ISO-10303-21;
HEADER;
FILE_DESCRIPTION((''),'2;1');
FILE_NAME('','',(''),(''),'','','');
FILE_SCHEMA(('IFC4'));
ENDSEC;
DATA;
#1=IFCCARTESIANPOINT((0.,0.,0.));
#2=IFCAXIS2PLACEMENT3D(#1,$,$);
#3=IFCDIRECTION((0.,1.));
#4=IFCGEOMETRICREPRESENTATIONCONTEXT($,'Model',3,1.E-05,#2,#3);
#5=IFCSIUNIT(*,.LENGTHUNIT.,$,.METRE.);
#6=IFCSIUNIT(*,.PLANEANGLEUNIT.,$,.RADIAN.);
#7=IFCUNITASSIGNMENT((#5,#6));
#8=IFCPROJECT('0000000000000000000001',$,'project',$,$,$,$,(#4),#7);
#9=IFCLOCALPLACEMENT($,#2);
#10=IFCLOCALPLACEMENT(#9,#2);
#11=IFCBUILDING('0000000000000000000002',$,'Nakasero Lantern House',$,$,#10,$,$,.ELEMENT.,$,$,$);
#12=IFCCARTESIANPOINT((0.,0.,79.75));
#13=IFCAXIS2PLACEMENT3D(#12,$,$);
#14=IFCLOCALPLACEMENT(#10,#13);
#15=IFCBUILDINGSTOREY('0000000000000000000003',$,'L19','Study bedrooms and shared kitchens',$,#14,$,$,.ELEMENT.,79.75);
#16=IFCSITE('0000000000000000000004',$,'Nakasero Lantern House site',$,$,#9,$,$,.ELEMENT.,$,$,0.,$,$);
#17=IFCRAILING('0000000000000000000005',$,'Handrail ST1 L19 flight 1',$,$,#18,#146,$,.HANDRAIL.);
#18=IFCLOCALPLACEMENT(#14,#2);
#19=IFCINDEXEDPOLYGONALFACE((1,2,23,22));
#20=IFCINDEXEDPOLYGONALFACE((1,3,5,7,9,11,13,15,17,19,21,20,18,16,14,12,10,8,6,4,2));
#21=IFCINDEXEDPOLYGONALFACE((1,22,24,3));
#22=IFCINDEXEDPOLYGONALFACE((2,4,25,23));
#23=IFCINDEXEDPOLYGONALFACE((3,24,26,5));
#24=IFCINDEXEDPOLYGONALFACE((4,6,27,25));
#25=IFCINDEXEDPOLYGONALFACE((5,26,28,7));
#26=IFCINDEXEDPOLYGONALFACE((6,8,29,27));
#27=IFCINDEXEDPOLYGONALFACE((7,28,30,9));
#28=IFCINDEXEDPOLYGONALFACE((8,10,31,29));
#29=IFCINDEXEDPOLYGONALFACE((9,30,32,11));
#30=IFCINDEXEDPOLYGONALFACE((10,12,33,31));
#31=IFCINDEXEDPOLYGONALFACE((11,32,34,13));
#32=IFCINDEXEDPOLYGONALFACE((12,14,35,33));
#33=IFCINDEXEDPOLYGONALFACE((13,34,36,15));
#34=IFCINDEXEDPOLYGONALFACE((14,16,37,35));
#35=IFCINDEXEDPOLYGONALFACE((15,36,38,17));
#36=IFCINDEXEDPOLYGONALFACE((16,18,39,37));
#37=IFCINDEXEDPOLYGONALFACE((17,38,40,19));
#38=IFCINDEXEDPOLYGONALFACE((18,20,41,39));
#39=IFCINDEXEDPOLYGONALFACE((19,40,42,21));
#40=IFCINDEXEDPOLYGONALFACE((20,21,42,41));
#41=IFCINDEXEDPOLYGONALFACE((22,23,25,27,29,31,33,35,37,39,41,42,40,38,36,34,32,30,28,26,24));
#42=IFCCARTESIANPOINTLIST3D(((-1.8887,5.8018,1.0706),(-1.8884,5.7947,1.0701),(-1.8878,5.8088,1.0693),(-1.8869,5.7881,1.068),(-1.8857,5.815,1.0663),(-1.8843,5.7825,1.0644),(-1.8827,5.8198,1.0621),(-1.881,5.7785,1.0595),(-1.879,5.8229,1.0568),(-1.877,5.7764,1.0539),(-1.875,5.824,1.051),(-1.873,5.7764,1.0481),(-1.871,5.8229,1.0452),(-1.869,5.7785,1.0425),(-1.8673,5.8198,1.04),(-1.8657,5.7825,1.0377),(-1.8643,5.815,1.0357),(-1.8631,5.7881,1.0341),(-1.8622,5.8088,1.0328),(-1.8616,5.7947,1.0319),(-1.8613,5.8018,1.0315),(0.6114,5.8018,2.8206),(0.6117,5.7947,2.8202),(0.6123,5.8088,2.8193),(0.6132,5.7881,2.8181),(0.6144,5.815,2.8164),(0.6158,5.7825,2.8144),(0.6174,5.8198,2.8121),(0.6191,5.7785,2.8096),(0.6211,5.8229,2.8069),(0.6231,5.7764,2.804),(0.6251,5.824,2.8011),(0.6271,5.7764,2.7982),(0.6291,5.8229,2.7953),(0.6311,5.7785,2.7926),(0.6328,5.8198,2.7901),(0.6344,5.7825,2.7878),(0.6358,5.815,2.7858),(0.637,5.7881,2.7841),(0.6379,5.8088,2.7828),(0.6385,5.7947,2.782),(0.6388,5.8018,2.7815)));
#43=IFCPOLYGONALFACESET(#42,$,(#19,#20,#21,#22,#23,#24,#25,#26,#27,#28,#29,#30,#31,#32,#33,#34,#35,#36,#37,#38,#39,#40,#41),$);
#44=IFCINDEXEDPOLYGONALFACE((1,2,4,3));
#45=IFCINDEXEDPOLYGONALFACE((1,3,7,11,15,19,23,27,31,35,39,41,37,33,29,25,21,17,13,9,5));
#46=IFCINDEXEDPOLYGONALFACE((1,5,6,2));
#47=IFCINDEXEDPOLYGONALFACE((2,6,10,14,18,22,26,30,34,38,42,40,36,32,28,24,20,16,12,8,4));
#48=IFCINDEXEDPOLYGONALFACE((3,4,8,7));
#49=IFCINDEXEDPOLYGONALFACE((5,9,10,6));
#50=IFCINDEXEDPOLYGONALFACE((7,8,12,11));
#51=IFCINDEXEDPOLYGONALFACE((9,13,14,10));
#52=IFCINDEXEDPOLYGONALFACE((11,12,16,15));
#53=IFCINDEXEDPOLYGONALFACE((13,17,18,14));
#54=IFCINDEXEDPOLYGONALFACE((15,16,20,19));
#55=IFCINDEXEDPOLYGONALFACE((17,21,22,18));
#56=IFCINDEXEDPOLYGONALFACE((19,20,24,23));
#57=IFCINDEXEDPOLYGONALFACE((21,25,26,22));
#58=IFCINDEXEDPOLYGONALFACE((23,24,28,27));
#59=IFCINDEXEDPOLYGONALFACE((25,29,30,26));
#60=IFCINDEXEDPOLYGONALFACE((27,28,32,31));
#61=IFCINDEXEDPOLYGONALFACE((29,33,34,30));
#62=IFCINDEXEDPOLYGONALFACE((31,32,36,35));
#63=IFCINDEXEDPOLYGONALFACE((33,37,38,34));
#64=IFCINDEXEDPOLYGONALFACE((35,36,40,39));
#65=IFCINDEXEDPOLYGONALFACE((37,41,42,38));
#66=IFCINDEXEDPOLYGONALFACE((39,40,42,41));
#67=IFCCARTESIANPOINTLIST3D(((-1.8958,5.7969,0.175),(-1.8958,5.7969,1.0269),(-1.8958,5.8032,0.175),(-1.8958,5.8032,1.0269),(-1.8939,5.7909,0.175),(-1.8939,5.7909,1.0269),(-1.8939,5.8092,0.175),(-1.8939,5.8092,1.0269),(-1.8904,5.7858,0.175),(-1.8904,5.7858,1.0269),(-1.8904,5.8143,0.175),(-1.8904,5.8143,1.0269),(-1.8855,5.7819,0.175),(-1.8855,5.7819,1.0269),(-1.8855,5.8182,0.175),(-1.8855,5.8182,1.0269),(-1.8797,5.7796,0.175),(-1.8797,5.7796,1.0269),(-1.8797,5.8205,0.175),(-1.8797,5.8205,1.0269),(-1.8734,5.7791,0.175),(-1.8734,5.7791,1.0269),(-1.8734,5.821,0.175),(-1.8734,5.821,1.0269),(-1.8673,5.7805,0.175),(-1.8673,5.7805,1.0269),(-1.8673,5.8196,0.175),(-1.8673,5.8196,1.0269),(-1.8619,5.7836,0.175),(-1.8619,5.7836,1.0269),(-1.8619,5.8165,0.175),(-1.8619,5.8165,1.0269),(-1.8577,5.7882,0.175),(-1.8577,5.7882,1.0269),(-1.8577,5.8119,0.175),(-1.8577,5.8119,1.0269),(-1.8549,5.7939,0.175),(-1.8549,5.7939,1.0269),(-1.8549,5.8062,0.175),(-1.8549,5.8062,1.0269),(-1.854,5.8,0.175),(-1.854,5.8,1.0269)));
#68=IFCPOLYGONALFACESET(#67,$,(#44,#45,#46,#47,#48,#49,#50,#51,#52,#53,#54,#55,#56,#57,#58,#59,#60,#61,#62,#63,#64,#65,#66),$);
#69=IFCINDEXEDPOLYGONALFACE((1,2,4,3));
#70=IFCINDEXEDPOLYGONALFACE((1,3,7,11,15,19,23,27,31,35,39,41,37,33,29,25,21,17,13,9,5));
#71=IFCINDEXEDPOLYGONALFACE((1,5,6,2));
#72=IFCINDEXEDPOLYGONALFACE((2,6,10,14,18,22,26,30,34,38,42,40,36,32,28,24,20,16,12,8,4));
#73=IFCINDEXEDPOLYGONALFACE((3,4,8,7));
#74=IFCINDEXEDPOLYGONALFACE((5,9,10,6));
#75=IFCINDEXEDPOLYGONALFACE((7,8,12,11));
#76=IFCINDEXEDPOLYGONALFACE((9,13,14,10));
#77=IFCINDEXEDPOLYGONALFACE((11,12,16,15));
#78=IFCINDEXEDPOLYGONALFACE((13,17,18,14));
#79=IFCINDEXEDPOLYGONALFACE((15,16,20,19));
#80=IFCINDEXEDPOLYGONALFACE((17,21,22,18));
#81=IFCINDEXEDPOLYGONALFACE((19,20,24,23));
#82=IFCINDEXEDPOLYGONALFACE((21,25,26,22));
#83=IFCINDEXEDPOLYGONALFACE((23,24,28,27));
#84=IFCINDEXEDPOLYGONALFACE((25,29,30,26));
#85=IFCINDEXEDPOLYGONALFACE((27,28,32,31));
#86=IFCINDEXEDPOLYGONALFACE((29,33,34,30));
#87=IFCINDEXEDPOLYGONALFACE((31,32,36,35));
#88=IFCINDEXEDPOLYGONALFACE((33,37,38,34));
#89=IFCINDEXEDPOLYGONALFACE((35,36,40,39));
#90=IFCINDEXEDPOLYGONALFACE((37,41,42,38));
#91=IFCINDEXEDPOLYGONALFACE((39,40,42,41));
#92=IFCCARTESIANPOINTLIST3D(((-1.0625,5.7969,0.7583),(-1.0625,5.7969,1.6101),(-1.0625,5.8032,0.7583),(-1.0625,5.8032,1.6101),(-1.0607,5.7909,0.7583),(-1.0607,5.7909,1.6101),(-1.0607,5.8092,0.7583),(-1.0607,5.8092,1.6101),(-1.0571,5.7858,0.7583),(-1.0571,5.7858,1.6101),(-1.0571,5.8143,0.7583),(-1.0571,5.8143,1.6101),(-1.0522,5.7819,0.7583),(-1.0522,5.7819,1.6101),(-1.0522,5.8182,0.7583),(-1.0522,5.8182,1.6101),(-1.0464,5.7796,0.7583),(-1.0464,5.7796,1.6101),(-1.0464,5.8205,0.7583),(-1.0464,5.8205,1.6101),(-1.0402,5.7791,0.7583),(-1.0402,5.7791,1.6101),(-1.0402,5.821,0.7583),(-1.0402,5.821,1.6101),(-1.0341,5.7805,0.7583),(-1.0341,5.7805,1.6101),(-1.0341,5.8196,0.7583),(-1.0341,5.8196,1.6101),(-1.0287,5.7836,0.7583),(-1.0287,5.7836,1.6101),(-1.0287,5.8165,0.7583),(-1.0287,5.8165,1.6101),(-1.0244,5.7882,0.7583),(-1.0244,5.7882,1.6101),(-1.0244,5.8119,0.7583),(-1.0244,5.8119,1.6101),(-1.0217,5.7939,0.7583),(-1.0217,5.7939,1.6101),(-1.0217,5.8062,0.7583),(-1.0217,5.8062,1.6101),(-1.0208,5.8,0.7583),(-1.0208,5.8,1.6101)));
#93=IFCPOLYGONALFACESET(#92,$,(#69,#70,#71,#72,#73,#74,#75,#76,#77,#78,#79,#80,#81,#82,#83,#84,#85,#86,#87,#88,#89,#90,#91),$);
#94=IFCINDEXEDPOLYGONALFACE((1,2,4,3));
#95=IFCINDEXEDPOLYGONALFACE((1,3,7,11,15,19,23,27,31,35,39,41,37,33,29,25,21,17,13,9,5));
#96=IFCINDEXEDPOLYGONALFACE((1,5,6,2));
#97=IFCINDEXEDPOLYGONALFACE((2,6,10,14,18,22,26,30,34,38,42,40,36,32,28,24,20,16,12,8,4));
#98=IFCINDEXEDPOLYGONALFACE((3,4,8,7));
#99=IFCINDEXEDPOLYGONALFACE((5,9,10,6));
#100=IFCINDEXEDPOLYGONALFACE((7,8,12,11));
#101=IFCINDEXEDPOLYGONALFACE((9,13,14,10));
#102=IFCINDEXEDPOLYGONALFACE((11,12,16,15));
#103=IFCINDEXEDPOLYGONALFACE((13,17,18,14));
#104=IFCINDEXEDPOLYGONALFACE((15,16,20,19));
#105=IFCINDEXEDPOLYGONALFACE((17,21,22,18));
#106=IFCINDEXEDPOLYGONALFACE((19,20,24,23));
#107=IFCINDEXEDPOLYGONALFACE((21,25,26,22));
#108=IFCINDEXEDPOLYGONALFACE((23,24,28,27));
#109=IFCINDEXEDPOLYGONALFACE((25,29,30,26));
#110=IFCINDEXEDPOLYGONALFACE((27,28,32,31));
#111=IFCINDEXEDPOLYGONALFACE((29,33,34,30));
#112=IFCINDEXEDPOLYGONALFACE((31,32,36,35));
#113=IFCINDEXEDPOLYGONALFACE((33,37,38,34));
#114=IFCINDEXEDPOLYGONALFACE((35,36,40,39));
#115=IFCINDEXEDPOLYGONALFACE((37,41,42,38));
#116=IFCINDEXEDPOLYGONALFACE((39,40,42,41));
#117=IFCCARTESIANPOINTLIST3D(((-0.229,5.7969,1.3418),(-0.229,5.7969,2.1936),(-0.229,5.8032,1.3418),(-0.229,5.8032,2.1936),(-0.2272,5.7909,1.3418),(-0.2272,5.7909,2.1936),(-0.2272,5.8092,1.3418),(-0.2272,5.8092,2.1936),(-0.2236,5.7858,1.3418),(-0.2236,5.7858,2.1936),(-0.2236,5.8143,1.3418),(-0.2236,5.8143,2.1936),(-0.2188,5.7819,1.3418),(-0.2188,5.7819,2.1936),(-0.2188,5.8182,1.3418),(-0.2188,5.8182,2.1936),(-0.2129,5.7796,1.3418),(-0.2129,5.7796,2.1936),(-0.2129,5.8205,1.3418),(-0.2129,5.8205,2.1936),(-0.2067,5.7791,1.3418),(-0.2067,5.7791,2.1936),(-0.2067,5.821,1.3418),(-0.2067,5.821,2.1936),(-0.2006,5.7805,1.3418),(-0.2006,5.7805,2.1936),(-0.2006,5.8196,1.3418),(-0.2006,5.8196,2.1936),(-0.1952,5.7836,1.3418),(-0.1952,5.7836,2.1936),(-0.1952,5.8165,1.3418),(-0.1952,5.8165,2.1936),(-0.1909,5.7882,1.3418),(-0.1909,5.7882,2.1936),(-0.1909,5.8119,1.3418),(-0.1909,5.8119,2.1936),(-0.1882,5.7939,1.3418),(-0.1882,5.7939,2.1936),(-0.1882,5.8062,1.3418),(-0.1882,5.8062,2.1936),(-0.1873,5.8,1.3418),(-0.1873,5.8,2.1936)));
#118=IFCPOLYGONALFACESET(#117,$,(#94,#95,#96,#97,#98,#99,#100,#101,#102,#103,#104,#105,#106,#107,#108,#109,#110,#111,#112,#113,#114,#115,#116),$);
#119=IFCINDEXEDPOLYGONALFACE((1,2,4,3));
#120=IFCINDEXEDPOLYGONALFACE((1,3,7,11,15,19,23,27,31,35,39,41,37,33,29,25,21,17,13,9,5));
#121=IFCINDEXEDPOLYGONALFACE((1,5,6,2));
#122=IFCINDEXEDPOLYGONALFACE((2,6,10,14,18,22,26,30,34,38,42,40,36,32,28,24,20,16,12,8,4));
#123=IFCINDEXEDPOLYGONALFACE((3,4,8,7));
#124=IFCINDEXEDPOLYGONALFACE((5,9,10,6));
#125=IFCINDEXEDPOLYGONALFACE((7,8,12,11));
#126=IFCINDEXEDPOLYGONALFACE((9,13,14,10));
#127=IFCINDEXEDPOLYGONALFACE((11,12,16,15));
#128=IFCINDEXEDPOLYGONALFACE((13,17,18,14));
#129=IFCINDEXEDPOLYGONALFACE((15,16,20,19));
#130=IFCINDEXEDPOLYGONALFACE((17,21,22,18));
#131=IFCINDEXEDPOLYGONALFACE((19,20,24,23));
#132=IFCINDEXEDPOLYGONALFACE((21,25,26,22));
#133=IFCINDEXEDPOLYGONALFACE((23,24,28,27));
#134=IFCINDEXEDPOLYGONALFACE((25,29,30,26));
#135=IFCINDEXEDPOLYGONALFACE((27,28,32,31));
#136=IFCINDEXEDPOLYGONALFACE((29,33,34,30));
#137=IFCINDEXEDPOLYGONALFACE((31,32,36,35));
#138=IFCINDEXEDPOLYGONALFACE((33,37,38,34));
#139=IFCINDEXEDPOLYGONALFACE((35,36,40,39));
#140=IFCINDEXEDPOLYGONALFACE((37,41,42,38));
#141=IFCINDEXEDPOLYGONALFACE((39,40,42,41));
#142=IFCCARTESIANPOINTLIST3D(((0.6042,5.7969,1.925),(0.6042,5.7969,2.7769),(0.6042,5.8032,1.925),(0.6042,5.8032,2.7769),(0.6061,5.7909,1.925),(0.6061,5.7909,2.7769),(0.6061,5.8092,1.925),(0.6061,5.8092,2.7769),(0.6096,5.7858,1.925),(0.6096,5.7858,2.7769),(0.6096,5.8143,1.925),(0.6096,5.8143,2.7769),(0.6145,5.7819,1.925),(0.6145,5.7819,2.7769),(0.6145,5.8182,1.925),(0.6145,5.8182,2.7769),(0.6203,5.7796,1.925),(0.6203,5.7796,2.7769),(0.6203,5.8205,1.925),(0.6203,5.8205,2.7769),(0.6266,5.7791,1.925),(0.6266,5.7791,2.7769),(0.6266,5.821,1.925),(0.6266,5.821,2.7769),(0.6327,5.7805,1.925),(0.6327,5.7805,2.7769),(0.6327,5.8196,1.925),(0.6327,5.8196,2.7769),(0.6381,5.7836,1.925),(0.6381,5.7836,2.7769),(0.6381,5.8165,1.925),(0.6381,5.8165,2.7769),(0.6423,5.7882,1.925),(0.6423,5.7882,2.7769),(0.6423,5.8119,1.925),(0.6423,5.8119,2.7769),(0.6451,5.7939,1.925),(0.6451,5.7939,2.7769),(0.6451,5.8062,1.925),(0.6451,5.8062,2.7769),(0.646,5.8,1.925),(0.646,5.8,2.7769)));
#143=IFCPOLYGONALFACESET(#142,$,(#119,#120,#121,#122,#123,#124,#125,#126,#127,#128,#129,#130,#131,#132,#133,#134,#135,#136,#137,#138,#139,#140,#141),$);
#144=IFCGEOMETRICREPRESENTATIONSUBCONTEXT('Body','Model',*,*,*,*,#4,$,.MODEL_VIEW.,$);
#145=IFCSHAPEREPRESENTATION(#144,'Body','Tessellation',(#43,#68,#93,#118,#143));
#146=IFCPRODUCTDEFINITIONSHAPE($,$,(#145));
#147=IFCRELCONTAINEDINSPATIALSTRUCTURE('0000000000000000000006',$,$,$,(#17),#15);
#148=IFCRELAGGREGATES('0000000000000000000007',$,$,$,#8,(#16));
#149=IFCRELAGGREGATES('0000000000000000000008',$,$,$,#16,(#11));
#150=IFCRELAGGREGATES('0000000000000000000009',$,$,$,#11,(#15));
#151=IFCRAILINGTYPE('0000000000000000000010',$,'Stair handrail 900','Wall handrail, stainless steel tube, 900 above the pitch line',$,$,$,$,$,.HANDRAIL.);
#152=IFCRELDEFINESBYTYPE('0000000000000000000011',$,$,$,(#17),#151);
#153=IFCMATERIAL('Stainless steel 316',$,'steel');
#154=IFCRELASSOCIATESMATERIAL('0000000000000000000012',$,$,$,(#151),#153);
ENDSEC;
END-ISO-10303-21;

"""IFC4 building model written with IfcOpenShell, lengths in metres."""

from ifc_helpers import new_model, si_unit, direction, frame, origin, origin_2d, place, context, subcontext, project, spatial, circle, extrude, material, type_object, element, save


model = new_model("IFC4")

# Units and contexts
model_context = context("Model", 3, precision=1e-05, world=origin(), true_north=direction((0.0, 1.0)))
body_context = subcontext(model_context, "Body", "Model", "MODEL_VIEW")
ifc_project = project(units=[si_unit("LENGTHUNIT", "METRE"), si_unit("PLANEANGLEUNIT", "RADIAN")], contexts=[model_context])

# Site, building, storey
site_placement = place(None, origin())
site = spatial("IfcSite", under=ifc_project, at=site_placement, Name="Nakasero Lantern House site", CompositionType="ELEMENT", RefElevation=0.0)
building_placement = place(site_placement, origin())
building = spatial("IfcBuilding", under=site, at=building_placement, Name="Nakasero Lantern House", CompositionType="ELEMENT")
storey_placement = place(building_placement, frame((0.0, 0.0, 79.75)))
storey = spatial("IfcBuildingStorey", under=building, at=storey_placement, Name="L19", Description="Study bedrooms and shared kitchens", CompositionType="ELEMENT", Elevation=79.75)

# Railing
ifc_material_1 = material(Name="Stainless steel 316", Category="steel")
railing_type = type_object("IfcRailingType", Name="Stair handrail 900", Description="Wall handrail, stainless steel tube, 900 above the pitch line", PredefinedType="HANDRAIL", material=ifc_material_1)
railing_placement = place(storey_placement, frame((-1.875, 5.8, 0.175)))
element("IfcRailing", 1, at=railing_placement, inside=storey, type_object=railing_type, Name="Handrail ST1 L19 flight 1", PredefinedType="HANDRAIL", context=body_context, shape_type="SweptSolid", body=[
    extrude(circle(Radius=0.0239, at=origin_2d()), frame((0.0, 0.0, 0.876), z_axis=(0.819232, 0.0, 0.573462), x_axis=(0.0, 1.0, 0.0)), (0.0, 0.0, 1.0), 3.0518),
    extrude(circle(Radius=0.021, at=origin_2d()), origin(), (0.0, 0.0, 1.0), 0.8518),
    extrude(circle(Radius=0.021, at=origin_2d()), frame((0.8333, 0.0, 0.5833)), (0.0, 0.0, 1.0), 0.8518),
    extrude(circle(Radius=0.021, at=origin_2d()), frame((1.6667, 0.0, 1.1667)), (0.0, 0.0, 1.0), 0.8518),
    extrude(circle(Radius=0.021, at=origin_2d()), frame((2.5, 0.0, 1.75)), (0.0, 0.0, 1.0), 0.8518),
])

save(model, "model.ifc")
